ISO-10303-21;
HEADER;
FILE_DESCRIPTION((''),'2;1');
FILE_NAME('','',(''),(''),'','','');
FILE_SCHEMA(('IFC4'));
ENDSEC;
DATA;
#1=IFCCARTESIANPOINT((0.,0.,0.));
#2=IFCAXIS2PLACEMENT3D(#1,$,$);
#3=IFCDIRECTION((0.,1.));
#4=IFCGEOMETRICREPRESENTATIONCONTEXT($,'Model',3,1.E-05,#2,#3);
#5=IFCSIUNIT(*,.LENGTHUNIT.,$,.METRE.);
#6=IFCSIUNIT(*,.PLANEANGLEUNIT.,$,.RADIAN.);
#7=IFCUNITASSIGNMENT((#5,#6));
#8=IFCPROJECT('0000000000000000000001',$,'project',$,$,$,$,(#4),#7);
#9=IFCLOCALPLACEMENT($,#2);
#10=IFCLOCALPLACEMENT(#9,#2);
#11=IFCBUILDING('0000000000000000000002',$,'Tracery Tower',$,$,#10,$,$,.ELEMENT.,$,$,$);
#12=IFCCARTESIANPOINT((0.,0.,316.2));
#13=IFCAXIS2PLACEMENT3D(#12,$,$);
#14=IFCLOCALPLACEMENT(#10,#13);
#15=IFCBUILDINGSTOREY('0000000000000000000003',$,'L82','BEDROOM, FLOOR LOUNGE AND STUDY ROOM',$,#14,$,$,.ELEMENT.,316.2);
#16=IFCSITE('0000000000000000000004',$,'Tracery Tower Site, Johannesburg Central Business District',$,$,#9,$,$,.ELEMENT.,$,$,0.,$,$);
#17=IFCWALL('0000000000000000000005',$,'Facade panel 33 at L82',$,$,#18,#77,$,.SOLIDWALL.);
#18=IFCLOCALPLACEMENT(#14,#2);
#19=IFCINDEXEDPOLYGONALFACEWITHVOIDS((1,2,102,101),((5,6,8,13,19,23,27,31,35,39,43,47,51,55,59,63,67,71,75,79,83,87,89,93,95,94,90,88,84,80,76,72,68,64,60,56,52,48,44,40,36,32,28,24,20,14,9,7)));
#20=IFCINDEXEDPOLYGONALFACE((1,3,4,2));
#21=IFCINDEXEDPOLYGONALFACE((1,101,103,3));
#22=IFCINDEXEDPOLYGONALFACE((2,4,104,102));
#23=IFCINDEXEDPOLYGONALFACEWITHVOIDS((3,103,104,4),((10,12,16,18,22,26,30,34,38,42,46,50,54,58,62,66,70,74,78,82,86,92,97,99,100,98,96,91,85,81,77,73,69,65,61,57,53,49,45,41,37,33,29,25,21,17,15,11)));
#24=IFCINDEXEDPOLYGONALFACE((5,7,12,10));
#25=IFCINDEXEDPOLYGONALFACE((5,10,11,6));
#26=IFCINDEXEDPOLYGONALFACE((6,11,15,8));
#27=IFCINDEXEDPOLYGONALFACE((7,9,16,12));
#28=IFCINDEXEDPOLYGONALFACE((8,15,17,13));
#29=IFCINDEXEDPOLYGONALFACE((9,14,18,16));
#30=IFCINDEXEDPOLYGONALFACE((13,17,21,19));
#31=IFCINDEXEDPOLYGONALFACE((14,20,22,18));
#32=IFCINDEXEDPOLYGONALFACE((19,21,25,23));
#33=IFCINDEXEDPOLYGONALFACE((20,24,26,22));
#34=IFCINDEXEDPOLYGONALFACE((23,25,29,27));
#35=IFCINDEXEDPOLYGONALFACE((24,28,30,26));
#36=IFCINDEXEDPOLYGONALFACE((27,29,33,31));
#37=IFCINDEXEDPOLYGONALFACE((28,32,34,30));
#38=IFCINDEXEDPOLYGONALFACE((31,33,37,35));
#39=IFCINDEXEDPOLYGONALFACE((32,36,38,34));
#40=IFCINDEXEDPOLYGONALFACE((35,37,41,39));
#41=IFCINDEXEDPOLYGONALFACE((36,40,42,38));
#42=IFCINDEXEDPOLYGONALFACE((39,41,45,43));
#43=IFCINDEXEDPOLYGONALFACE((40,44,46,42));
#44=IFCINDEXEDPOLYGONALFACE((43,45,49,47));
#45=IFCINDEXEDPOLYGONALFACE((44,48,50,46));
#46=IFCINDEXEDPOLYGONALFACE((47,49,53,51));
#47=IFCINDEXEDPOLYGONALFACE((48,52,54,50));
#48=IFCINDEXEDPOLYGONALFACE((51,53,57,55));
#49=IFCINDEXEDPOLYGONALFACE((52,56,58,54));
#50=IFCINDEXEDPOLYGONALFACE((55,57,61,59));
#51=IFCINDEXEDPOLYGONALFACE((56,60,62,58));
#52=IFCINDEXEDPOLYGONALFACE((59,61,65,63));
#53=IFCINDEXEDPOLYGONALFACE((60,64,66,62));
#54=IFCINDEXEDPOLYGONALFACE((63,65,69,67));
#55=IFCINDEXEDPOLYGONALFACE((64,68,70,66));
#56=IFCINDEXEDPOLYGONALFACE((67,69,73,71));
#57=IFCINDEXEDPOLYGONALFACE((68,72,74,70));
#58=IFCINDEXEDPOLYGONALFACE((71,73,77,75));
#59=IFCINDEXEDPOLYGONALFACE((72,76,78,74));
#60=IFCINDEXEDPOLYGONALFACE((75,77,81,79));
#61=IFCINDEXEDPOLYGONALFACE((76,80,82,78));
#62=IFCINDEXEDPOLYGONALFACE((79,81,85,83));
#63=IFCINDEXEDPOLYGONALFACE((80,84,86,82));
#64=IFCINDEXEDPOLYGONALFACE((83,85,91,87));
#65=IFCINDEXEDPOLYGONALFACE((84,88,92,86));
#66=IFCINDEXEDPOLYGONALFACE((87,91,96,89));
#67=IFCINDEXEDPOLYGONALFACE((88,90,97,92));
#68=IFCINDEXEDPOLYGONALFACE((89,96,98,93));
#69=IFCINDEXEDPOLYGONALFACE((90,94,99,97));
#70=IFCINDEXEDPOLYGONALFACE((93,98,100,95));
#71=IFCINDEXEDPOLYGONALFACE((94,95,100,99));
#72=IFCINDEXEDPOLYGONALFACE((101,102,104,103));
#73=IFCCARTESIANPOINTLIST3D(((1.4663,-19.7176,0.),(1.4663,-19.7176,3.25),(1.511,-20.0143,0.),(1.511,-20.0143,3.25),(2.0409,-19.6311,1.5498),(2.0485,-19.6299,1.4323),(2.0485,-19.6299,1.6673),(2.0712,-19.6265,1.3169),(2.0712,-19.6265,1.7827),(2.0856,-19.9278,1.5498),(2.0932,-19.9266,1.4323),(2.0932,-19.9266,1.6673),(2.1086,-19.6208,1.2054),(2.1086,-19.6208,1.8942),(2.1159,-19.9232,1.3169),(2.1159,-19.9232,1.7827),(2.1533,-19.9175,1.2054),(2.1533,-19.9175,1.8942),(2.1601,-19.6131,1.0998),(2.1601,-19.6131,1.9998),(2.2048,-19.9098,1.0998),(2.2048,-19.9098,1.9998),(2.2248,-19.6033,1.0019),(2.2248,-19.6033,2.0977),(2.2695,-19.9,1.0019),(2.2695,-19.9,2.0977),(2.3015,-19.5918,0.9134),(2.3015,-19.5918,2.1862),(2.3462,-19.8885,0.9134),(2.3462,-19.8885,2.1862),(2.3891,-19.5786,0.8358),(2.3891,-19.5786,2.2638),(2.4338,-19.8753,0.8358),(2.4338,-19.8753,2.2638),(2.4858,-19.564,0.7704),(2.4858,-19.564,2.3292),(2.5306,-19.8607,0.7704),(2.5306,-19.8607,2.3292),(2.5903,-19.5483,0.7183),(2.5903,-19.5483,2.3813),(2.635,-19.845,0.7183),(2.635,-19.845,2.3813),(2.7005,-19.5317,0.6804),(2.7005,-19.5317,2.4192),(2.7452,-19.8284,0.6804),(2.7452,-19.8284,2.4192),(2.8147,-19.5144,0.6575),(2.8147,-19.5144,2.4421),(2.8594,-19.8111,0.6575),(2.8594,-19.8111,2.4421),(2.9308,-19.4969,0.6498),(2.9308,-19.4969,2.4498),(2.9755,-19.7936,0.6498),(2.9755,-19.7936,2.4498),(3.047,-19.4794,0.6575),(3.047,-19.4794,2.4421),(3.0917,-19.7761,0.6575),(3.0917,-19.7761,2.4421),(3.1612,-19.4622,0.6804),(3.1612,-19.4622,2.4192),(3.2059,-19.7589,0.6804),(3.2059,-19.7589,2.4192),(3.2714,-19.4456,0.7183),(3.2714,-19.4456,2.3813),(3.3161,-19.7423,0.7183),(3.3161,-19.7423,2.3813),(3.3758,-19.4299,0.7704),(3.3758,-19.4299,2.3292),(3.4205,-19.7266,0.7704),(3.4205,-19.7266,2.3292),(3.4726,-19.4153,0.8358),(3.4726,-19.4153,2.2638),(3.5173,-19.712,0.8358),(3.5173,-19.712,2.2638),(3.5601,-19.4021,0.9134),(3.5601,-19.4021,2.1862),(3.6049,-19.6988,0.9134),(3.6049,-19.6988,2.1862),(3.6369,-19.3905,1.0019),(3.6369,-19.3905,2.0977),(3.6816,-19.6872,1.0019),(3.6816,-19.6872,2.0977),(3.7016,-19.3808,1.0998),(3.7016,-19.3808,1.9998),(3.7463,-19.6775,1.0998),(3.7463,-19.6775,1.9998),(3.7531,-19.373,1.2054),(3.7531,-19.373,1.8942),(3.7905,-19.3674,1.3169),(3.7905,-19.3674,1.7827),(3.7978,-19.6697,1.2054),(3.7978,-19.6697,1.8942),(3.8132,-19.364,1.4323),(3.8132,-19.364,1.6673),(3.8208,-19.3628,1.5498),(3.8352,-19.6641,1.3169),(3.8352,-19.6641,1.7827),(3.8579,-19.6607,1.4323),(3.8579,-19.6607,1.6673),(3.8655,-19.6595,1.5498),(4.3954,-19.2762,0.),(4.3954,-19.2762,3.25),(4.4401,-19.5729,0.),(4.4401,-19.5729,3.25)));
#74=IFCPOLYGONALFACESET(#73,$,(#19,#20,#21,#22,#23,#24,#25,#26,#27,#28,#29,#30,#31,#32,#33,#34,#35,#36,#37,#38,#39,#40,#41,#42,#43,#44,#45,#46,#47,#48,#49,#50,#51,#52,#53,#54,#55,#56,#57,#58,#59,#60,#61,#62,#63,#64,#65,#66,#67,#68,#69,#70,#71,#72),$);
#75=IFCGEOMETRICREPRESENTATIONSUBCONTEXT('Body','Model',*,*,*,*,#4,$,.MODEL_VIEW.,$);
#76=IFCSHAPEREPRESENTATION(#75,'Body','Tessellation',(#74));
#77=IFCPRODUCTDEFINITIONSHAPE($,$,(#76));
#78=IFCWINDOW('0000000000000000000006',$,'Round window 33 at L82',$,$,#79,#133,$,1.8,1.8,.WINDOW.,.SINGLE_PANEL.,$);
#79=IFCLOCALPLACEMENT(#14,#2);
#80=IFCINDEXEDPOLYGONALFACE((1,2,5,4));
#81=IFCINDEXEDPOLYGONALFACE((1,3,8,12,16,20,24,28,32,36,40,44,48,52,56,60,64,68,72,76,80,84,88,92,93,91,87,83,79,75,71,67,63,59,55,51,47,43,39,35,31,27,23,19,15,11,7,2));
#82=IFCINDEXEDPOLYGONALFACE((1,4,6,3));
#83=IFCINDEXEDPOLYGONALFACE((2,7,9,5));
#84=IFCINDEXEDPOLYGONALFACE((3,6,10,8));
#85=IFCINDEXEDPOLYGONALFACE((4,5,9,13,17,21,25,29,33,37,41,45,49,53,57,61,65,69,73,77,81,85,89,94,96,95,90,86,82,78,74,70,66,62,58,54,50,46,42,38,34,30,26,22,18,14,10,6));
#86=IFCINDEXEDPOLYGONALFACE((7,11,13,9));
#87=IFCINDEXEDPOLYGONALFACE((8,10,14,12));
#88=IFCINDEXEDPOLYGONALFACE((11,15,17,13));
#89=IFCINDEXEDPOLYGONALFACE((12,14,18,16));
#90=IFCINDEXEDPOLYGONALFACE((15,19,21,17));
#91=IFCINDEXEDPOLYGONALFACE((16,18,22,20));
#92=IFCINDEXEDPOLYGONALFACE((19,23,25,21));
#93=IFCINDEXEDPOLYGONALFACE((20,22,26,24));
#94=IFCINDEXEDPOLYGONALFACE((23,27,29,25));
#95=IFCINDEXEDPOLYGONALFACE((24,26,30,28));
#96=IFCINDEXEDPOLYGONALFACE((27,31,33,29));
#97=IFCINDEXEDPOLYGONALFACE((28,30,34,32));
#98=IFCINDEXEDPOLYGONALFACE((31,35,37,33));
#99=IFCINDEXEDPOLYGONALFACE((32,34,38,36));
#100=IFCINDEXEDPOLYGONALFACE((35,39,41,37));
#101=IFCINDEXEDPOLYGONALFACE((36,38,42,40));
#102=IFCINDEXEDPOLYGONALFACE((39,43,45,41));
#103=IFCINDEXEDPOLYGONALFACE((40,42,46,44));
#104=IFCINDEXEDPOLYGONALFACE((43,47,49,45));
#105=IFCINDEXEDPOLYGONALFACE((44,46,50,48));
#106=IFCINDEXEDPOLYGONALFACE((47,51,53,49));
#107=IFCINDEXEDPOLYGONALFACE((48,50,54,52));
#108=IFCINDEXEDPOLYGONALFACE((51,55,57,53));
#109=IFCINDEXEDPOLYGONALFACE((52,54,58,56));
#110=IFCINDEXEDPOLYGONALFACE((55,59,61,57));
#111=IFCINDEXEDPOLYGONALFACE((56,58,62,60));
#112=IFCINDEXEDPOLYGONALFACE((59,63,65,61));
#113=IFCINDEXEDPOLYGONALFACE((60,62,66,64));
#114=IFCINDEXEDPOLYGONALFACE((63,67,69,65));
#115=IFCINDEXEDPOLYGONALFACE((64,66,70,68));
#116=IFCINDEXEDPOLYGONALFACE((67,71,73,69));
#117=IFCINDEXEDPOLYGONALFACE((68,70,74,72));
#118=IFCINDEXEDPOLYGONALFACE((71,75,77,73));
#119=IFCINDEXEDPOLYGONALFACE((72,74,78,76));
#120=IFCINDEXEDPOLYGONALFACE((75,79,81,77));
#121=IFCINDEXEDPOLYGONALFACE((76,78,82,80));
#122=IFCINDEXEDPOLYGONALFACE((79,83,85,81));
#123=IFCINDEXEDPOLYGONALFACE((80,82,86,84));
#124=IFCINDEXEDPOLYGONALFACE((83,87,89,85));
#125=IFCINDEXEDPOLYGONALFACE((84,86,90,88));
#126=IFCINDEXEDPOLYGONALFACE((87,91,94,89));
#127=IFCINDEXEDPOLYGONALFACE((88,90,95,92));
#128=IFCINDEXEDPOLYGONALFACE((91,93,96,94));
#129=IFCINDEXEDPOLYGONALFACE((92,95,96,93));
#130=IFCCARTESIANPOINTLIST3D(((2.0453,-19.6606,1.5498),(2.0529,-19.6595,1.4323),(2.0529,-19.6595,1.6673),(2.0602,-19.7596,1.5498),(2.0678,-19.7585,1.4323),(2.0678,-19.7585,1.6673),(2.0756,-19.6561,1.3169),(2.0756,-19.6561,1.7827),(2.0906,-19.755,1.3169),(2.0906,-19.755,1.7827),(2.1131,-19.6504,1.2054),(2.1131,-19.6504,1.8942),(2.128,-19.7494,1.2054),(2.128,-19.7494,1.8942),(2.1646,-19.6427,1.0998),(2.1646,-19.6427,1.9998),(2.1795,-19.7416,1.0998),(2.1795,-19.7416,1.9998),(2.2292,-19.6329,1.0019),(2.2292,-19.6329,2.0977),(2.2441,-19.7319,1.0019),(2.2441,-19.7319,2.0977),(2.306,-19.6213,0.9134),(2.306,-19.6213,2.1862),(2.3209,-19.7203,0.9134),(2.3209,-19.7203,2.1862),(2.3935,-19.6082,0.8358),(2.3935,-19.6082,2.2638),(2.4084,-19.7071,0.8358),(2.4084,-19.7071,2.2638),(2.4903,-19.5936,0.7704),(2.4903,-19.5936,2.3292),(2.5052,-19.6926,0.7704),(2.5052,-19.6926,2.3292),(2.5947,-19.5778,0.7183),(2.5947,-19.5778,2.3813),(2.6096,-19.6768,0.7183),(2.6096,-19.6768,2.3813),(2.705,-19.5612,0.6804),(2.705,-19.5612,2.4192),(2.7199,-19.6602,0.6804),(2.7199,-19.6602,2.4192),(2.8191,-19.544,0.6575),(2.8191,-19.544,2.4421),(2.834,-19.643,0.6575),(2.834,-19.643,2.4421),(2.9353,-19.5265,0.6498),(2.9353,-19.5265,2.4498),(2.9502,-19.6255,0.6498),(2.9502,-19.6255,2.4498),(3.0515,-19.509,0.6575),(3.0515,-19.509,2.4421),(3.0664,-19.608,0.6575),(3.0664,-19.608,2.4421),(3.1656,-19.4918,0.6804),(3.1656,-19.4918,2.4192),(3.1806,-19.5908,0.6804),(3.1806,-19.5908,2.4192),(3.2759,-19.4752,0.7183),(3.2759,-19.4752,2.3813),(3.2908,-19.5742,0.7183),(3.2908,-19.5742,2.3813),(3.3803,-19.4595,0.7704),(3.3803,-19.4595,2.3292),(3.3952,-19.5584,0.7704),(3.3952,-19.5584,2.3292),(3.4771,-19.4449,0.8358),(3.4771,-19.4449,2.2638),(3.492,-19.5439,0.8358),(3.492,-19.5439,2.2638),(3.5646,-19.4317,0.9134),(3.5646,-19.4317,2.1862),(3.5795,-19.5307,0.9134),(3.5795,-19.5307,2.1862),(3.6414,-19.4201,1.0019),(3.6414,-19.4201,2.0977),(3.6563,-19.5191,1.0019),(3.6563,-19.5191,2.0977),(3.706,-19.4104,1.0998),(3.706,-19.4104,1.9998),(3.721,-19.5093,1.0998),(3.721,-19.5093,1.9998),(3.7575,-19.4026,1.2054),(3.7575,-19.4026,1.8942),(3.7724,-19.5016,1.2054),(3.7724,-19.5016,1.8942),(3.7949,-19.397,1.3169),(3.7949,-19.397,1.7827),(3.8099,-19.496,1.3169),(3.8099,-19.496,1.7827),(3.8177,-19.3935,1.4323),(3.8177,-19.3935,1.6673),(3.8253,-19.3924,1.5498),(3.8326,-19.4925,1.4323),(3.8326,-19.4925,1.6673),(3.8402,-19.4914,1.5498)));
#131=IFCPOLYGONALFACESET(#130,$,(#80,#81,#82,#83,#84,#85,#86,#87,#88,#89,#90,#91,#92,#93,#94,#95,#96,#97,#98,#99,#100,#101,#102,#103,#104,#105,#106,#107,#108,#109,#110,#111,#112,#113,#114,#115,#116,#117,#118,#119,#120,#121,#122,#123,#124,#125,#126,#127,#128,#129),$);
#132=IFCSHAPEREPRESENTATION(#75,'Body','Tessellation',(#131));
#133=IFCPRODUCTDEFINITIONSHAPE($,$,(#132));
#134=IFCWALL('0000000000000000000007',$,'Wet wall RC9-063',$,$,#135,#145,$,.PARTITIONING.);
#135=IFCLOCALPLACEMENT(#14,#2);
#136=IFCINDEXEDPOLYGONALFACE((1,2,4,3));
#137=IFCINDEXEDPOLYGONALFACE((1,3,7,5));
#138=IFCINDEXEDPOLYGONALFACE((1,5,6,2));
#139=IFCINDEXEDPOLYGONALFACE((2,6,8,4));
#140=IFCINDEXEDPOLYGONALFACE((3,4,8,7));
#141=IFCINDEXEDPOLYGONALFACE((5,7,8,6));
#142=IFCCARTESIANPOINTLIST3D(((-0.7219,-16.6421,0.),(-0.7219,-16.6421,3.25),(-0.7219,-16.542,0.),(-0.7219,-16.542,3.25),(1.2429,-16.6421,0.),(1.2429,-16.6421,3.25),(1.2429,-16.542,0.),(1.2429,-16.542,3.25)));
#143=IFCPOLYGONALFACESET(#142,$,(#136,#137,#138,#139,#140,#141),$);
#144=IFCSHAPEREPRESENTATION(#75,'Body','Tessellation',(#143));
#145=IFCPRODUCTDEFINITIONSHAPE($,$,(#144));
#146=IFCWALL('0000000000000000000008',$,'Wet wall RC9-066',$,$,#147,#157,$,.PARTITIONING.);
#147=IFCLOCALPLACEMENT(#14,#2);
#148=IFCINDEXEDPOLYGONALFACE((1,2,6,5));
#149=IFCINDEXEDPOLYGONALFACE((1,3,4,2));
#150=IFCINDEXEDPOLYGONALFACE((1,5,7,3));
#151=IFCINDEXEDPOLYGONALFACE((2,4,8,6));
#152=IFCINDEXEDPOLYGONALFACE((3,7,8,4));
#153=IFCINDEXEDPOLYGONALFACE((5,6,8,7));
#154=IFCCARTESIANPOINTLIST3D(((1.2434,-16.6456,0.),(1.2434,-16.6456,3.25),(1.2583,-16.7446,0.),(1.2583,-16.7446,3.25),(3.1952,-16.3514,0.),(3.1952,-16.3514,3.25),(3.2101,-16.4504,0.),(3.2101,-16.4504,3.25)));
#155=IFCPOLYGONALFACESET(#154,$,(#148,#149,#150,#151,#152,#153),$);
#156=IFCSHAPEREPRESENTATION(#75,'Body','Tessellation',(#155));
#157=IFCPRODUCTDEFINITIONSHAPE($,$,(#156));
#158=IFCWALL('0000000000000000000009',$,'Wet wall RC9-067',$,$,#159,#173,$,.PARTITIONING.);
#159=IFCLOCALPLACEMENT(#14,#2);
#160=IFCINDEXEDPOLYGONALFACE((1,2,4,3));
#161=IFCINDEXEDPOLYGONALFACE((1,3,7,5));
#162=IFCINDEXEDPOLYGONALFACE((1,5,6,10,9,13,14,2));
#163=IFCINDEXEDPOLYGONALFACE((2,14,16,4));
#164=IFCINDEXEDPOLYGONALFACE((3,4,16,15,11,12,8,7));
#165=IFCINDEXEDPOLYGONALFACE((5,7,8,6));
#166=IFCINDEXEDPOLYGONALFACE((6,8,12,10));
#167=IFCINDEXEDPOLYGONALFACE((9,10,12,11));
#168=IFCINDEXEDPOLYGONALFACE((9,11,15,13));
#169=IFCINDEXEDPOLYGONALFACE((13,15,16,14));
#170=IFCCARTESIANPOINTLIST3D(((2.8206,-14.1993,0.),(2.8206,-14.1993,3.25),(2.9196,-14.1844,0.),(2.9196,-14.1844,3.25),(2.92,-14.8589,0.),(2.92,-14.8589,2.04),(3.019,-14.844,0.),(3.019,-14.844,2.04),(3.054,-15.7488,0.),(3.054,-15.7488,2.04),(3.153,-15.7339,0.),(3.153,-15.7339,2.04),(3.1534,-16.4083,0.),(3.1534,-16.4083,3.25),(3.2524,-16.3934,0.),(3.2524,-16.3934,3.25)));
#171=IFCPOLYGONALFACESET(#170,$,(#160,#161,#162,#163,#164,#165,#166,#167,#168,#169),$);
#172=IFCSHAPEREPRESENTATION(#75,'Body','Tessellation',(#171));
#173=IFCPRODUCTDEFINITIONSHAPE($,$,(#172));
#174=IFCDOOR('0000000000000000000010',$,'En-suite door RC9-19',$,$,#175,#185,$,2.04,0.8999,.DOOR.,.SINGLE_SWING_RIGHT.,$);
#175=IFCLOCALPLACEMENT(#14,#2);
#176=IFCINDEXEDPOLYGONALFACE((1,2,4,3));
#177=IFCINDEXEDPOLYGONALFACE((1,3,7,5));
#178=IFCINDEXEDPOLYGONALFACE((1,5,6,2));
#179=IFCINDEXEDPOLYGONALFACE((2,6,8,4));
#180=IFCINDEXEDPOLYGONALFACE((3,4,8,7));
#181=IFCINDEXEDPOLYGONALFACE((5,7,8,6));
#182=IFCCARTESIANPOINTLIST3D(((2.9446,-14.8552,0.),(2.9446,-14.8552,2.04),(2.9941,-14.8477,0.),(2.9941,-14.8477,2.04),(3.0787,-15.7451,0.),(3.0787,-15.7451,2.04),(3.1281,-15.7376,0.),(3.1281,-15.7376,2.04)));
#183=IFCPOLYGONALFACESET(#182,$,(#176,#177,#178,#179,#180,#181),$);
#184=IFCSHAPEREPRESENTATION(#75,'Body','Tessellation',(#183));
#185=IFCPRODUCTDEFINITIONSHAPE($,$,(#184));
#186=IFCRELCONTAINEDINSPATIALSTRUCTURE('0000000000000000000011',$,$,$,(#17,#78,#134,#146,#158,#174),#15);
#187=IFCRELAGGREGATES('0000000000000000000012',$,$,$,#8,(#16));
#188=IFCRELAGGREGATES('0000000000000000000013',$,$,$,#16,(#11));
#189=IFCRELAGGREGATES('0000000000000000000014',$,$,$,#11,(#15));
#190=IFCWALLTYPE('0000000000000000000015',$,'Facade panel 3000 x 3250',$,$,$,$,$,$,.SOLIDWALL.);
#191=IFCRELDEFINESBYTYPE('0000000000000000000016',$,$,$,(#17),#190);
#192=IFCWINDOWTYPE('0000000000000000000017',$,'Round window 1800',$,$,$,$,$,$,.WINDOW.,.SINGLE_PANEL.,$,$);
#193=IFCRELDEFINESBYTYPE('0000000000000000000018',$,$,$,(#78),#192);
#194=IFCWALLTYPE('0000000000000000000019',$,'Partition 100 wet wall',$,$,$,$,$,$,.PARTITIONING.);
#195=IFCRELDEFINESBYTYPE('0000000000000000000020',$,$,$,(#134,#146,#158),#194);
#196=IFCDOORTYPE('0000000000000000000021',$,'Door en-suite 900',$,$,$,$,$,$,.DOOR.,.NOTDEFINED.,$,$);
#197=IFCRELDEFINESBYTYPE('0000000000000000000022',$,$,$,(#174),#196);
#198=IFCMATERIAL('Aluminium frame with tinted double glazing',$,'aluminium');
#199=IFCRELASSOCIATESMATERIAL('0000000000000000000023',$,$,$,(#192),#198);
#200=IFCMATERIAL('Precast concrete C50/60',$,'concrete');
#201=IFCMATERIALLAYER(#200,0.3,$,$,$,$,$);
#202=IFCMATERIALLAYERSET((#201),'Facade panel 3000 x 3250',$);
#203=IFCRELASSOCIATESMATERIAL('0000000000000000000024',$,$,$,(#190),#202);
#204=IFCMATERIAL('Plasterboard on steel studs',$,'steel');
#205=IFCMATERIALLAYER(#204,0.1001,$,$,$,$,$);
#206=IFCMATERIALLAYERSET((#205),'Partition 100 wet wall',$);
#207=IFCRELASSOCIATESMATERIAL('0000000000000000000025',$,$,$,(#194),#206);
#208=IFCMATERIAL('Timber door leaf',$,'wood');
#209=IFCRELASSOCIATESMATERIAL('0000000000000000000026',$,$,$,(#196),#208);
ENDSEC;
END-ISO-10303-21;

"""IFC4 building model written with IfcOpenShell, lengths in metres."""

from ifc_helpers import new_model, si_unit, direction, frame, frame_2d, origin, origin_2d, place, context, subcontext, project, spatial, rectangle, circle, extrude, material, layer, layer_set, type_object, element, fill, save


model = new_model("IFC4")

# Units and contexts
model_context = context("Model", 3, precision=1e-05, world=origin(), true_north=direction((0.0, 1.0)))
body_context = subcontext(model_context, "Body", "Model", "MODEL_VIEW")
ifc_project = project(units=[si_unit("LENGTHUNIT", "METRE"), si_unit("PLANEANGLEUNIT", "RADIAN")], contexts=[model_context])

# Site, building, storey
site_placement = place(None, origin())
site = spatial("IfcSite", under=ifc_project, at=site_placement, Name="Tracery Tower Site, Johannesburg Central Business District", CompositionType="ELEMENT", RefElevation=0.0)
building_placement = place(site_placement, origin())
building = spatial("IfcBuilding", under=site, at=building_placement, Name="Tracery Tower", CompositionType="ELEMENT")
storey_placement = place(building_placement, frame((0.0, 0.0, 316.2)))
storey = spatial("IfcBuildingStorey", under=building, at=storey_placement, Name="L82", Description="BEDROOM, FLOOR LOUNGE AND STUDY ROOM", CompositionType="ELEMENT", Elevation=316.2)

# Wall, opening, window
ifc_material_1 = material(Name="Aluminium frame with tinted double glazing", Category="aluminium")
window_type = type_object("IfcWindowType", Name="Round window 1800", PartitioningType="SINGLE_PANEL", PredefinedType="WINDOW", material=ifc_material_1)
ifc_material_2 = material(Name="Precast concrete C50/60", Category="concrete")
ifc_layer_1 = layer(ifc_material_2, 0.3)
ifc_layer_set_1 = layer_set([ifc_layer_1], Name="Facade panel 3000 x 3250")
wall_type_1 = type_object("IfcWallType", Name="Facade panel 3000 x 3250", PredefinedType="SOLIDWALL", material=ifc_layer_set_1)
wall_1_placement = place(storey_placement, frame((1.4888, -19.866, 0.0), z_axis=(0.0, 0.0, 1.0), x_axis=(0.988836, 0.149009, 0.0)))
wall_1 = element("IfcWall", 1, at=wall_1_placement, inside=storey, type_object=wall_type_1, Name="Facade panel 33 at L82", PredefinedType="SOLIDWALL", context=body_context, shape_type="SweptSolid", body=[
    extrude(rectangle(XDim=2.9622, YDim=0.3, at=frame_2d((1.481, 0.0))), origin(), (0.0, 0.0, 1.0), 3.25),
])
opening_1_placement = place(wall_1_placement, frame((1.481, 0.0, 1.5498)))
opening_1 = element("IfcOpeningElement", 2, at=opening_1_placement, cuts=wall_1, PredefinedType="OPENING", context=body_context, shape_type="SweptSolid", body=[
    extrude(circle(Radius=0.9, at=origin_2d()), frame((0.0, 0.1599, 0.0), z_axis=(0.0, -1.0, 0.0), x_axis=(1.0, 0.0, 0.0)), (0.0, 0.0, 1.0), 0.3201),
])
window_1_placement = place(opening_1_placement, origin())
window_1 = element("IfcWindow", 3, at=window_1_placement, inside=storey, type_object=window_type, Name="Round window 33 at L82", OverallHeight=1.8, OverallWidth=1.8, PartitioningType="SINGLE_PANEL", PredefinedType="WINDOW", context=body_context, shape_type="SweptSolid", body=[
    extrude(circle(Radius=0.9, at=origin_2d()), frame((0.0, 0.1201, 0.0), z_axis=(0.0, -1.0, 0.0), x_axis=(1.0, 0.0, 0.0)), (0.0, 0.0, 1.0), 0.1001),
])
fill(opening_1, window_1)

# Walls
ifc_material_3 = material(Name="Plasterboard on steel studs", Category="steel")
ifc_layer_2 = layer(ifc_material_3, 0.1001)
ifc_layer_set_2 = layer_set([ifc_layer_2], Name="Partition 100 wet wall")
wall_type_2 = type_object("IfcWallType", Name="Partition 100 wet wall", PredefinedType="PARTITIONING", material=ifc_layer_set_2)
wall_2_placement = place(storey_placement, frame((-0.7219, -16.592, 0.0), z_axis=(0.0, 0.0, 1.0), x_axis=(1.0, 0.0, 0.0)))
element("IfcWall", 4, at=wall_2_placement, inside=storey, type_object=wall_type_2, Name="Wet wall RC9-063", PredefinedType="PARTITIONING", context=body_context, shape_type="SweptSolid", body=[
    extrude(rectangle(XDim=1.9648, YDim=0.1001, at=frame_2d((0.9824, 0.0))), origin(), (0.0, 0.0, 1.0), 3.25),
])
wall_3_placement = place(storey_placement, frame((1.251, -16.6951, 0.0), z_axis=(0.0, 0.0, 1.0), x_axis=(0.988832, 0.149036, 0.0)))
element("IfcWall", 5, at=wall_3_placement, inside=storey, type_object=wall_type_2, Name="Wet wall RC9-066", PredefinedType="PARTITIONING", context=body_context, shape_type="SweptSolid", body=[
    extrude(rectangle(XDim=1.9739, YDim=0.1001, at=frame_2d((0.9868, 0.0))), origin(), (0.0, 0.0, 1.0), 3.25),
])

# Wall, opening, door
wall_4_placement = place(storey_placement, frame((2.8701, -14.1919, 0.0), z_axis=(0.0, 0.0, 1.0), x_axis=(0.14896, -0.988843, 0.0)))
wall_4 = element("IfcWall", 6, at=wall_4_placement, inside=storey, type_object=wall_type_2, Name="Wet wall RC9-067", PredefinedType="PARTITIONING", context=body_context, shape_type="SweptSolid", body=[
    extrude(rectangle(XDim=2.2339, YDim=0.1001, at=frame_2d((1.1169, 0.0))), origin(), (0.0, 0.0, 1.0), 3.25),
])
opening_2_placement = place(wall_4_placement, frame((0.667, 0.0, 0.0)))
opening_2 = element("IfcOpeningElement", 7, at=opening_2_placement, cuts=wall_4, PredefinedType="OPENING", context=body_context, shape_type="SweptSolid", body=[
    extrude(rectangle(XDim=0.8999, YDim=2.04, at=frame_2d((0.45, 1.02))), frame((0.0, 0.05, 0.0), z_axis=(0.0, -1.0, 0.0), x_axis=(1.0, 0.0, 0.0)), (0.0, 0.0, 1.0), 0.1001),
])
ifc_material_4 = material(Name="Timber door leaf", Category="wood")
door_type_1 = type_object("IfcDoorType", Name="Door en-suite 900", OperationType="NOTDEFINED", PredefinedType="DOOR", material=ifc_material_4)
door_1_placement = place(opening_2_placement, origin())
door_1 = element("IfcDoor", 8, at=door_1_placement, inside=storey, type_object=door_type_1, Name="En-suite door RC9-19", OperationType="SINGLE_SWING_RIGHT", OverallHeight=2.04, OverallWidth=0.8999, PredefinedType="DOOR", context=body_context, shape_type="SweptSolid", body=[
    extrude(rectangle(XDim=0.8999, YDim=2.04, at=frame_2d((0.45, 1.02))), frame((0.0, 0.0249, 0.0), z_axis=(0.0, -1.0, 0.0), x_axis=(1.0, 0.0, 0.0)), (0.0, 0.0, 1.0), 0.05),
])
fill(opening_2, door_1)

save(model, "model.ifc")
